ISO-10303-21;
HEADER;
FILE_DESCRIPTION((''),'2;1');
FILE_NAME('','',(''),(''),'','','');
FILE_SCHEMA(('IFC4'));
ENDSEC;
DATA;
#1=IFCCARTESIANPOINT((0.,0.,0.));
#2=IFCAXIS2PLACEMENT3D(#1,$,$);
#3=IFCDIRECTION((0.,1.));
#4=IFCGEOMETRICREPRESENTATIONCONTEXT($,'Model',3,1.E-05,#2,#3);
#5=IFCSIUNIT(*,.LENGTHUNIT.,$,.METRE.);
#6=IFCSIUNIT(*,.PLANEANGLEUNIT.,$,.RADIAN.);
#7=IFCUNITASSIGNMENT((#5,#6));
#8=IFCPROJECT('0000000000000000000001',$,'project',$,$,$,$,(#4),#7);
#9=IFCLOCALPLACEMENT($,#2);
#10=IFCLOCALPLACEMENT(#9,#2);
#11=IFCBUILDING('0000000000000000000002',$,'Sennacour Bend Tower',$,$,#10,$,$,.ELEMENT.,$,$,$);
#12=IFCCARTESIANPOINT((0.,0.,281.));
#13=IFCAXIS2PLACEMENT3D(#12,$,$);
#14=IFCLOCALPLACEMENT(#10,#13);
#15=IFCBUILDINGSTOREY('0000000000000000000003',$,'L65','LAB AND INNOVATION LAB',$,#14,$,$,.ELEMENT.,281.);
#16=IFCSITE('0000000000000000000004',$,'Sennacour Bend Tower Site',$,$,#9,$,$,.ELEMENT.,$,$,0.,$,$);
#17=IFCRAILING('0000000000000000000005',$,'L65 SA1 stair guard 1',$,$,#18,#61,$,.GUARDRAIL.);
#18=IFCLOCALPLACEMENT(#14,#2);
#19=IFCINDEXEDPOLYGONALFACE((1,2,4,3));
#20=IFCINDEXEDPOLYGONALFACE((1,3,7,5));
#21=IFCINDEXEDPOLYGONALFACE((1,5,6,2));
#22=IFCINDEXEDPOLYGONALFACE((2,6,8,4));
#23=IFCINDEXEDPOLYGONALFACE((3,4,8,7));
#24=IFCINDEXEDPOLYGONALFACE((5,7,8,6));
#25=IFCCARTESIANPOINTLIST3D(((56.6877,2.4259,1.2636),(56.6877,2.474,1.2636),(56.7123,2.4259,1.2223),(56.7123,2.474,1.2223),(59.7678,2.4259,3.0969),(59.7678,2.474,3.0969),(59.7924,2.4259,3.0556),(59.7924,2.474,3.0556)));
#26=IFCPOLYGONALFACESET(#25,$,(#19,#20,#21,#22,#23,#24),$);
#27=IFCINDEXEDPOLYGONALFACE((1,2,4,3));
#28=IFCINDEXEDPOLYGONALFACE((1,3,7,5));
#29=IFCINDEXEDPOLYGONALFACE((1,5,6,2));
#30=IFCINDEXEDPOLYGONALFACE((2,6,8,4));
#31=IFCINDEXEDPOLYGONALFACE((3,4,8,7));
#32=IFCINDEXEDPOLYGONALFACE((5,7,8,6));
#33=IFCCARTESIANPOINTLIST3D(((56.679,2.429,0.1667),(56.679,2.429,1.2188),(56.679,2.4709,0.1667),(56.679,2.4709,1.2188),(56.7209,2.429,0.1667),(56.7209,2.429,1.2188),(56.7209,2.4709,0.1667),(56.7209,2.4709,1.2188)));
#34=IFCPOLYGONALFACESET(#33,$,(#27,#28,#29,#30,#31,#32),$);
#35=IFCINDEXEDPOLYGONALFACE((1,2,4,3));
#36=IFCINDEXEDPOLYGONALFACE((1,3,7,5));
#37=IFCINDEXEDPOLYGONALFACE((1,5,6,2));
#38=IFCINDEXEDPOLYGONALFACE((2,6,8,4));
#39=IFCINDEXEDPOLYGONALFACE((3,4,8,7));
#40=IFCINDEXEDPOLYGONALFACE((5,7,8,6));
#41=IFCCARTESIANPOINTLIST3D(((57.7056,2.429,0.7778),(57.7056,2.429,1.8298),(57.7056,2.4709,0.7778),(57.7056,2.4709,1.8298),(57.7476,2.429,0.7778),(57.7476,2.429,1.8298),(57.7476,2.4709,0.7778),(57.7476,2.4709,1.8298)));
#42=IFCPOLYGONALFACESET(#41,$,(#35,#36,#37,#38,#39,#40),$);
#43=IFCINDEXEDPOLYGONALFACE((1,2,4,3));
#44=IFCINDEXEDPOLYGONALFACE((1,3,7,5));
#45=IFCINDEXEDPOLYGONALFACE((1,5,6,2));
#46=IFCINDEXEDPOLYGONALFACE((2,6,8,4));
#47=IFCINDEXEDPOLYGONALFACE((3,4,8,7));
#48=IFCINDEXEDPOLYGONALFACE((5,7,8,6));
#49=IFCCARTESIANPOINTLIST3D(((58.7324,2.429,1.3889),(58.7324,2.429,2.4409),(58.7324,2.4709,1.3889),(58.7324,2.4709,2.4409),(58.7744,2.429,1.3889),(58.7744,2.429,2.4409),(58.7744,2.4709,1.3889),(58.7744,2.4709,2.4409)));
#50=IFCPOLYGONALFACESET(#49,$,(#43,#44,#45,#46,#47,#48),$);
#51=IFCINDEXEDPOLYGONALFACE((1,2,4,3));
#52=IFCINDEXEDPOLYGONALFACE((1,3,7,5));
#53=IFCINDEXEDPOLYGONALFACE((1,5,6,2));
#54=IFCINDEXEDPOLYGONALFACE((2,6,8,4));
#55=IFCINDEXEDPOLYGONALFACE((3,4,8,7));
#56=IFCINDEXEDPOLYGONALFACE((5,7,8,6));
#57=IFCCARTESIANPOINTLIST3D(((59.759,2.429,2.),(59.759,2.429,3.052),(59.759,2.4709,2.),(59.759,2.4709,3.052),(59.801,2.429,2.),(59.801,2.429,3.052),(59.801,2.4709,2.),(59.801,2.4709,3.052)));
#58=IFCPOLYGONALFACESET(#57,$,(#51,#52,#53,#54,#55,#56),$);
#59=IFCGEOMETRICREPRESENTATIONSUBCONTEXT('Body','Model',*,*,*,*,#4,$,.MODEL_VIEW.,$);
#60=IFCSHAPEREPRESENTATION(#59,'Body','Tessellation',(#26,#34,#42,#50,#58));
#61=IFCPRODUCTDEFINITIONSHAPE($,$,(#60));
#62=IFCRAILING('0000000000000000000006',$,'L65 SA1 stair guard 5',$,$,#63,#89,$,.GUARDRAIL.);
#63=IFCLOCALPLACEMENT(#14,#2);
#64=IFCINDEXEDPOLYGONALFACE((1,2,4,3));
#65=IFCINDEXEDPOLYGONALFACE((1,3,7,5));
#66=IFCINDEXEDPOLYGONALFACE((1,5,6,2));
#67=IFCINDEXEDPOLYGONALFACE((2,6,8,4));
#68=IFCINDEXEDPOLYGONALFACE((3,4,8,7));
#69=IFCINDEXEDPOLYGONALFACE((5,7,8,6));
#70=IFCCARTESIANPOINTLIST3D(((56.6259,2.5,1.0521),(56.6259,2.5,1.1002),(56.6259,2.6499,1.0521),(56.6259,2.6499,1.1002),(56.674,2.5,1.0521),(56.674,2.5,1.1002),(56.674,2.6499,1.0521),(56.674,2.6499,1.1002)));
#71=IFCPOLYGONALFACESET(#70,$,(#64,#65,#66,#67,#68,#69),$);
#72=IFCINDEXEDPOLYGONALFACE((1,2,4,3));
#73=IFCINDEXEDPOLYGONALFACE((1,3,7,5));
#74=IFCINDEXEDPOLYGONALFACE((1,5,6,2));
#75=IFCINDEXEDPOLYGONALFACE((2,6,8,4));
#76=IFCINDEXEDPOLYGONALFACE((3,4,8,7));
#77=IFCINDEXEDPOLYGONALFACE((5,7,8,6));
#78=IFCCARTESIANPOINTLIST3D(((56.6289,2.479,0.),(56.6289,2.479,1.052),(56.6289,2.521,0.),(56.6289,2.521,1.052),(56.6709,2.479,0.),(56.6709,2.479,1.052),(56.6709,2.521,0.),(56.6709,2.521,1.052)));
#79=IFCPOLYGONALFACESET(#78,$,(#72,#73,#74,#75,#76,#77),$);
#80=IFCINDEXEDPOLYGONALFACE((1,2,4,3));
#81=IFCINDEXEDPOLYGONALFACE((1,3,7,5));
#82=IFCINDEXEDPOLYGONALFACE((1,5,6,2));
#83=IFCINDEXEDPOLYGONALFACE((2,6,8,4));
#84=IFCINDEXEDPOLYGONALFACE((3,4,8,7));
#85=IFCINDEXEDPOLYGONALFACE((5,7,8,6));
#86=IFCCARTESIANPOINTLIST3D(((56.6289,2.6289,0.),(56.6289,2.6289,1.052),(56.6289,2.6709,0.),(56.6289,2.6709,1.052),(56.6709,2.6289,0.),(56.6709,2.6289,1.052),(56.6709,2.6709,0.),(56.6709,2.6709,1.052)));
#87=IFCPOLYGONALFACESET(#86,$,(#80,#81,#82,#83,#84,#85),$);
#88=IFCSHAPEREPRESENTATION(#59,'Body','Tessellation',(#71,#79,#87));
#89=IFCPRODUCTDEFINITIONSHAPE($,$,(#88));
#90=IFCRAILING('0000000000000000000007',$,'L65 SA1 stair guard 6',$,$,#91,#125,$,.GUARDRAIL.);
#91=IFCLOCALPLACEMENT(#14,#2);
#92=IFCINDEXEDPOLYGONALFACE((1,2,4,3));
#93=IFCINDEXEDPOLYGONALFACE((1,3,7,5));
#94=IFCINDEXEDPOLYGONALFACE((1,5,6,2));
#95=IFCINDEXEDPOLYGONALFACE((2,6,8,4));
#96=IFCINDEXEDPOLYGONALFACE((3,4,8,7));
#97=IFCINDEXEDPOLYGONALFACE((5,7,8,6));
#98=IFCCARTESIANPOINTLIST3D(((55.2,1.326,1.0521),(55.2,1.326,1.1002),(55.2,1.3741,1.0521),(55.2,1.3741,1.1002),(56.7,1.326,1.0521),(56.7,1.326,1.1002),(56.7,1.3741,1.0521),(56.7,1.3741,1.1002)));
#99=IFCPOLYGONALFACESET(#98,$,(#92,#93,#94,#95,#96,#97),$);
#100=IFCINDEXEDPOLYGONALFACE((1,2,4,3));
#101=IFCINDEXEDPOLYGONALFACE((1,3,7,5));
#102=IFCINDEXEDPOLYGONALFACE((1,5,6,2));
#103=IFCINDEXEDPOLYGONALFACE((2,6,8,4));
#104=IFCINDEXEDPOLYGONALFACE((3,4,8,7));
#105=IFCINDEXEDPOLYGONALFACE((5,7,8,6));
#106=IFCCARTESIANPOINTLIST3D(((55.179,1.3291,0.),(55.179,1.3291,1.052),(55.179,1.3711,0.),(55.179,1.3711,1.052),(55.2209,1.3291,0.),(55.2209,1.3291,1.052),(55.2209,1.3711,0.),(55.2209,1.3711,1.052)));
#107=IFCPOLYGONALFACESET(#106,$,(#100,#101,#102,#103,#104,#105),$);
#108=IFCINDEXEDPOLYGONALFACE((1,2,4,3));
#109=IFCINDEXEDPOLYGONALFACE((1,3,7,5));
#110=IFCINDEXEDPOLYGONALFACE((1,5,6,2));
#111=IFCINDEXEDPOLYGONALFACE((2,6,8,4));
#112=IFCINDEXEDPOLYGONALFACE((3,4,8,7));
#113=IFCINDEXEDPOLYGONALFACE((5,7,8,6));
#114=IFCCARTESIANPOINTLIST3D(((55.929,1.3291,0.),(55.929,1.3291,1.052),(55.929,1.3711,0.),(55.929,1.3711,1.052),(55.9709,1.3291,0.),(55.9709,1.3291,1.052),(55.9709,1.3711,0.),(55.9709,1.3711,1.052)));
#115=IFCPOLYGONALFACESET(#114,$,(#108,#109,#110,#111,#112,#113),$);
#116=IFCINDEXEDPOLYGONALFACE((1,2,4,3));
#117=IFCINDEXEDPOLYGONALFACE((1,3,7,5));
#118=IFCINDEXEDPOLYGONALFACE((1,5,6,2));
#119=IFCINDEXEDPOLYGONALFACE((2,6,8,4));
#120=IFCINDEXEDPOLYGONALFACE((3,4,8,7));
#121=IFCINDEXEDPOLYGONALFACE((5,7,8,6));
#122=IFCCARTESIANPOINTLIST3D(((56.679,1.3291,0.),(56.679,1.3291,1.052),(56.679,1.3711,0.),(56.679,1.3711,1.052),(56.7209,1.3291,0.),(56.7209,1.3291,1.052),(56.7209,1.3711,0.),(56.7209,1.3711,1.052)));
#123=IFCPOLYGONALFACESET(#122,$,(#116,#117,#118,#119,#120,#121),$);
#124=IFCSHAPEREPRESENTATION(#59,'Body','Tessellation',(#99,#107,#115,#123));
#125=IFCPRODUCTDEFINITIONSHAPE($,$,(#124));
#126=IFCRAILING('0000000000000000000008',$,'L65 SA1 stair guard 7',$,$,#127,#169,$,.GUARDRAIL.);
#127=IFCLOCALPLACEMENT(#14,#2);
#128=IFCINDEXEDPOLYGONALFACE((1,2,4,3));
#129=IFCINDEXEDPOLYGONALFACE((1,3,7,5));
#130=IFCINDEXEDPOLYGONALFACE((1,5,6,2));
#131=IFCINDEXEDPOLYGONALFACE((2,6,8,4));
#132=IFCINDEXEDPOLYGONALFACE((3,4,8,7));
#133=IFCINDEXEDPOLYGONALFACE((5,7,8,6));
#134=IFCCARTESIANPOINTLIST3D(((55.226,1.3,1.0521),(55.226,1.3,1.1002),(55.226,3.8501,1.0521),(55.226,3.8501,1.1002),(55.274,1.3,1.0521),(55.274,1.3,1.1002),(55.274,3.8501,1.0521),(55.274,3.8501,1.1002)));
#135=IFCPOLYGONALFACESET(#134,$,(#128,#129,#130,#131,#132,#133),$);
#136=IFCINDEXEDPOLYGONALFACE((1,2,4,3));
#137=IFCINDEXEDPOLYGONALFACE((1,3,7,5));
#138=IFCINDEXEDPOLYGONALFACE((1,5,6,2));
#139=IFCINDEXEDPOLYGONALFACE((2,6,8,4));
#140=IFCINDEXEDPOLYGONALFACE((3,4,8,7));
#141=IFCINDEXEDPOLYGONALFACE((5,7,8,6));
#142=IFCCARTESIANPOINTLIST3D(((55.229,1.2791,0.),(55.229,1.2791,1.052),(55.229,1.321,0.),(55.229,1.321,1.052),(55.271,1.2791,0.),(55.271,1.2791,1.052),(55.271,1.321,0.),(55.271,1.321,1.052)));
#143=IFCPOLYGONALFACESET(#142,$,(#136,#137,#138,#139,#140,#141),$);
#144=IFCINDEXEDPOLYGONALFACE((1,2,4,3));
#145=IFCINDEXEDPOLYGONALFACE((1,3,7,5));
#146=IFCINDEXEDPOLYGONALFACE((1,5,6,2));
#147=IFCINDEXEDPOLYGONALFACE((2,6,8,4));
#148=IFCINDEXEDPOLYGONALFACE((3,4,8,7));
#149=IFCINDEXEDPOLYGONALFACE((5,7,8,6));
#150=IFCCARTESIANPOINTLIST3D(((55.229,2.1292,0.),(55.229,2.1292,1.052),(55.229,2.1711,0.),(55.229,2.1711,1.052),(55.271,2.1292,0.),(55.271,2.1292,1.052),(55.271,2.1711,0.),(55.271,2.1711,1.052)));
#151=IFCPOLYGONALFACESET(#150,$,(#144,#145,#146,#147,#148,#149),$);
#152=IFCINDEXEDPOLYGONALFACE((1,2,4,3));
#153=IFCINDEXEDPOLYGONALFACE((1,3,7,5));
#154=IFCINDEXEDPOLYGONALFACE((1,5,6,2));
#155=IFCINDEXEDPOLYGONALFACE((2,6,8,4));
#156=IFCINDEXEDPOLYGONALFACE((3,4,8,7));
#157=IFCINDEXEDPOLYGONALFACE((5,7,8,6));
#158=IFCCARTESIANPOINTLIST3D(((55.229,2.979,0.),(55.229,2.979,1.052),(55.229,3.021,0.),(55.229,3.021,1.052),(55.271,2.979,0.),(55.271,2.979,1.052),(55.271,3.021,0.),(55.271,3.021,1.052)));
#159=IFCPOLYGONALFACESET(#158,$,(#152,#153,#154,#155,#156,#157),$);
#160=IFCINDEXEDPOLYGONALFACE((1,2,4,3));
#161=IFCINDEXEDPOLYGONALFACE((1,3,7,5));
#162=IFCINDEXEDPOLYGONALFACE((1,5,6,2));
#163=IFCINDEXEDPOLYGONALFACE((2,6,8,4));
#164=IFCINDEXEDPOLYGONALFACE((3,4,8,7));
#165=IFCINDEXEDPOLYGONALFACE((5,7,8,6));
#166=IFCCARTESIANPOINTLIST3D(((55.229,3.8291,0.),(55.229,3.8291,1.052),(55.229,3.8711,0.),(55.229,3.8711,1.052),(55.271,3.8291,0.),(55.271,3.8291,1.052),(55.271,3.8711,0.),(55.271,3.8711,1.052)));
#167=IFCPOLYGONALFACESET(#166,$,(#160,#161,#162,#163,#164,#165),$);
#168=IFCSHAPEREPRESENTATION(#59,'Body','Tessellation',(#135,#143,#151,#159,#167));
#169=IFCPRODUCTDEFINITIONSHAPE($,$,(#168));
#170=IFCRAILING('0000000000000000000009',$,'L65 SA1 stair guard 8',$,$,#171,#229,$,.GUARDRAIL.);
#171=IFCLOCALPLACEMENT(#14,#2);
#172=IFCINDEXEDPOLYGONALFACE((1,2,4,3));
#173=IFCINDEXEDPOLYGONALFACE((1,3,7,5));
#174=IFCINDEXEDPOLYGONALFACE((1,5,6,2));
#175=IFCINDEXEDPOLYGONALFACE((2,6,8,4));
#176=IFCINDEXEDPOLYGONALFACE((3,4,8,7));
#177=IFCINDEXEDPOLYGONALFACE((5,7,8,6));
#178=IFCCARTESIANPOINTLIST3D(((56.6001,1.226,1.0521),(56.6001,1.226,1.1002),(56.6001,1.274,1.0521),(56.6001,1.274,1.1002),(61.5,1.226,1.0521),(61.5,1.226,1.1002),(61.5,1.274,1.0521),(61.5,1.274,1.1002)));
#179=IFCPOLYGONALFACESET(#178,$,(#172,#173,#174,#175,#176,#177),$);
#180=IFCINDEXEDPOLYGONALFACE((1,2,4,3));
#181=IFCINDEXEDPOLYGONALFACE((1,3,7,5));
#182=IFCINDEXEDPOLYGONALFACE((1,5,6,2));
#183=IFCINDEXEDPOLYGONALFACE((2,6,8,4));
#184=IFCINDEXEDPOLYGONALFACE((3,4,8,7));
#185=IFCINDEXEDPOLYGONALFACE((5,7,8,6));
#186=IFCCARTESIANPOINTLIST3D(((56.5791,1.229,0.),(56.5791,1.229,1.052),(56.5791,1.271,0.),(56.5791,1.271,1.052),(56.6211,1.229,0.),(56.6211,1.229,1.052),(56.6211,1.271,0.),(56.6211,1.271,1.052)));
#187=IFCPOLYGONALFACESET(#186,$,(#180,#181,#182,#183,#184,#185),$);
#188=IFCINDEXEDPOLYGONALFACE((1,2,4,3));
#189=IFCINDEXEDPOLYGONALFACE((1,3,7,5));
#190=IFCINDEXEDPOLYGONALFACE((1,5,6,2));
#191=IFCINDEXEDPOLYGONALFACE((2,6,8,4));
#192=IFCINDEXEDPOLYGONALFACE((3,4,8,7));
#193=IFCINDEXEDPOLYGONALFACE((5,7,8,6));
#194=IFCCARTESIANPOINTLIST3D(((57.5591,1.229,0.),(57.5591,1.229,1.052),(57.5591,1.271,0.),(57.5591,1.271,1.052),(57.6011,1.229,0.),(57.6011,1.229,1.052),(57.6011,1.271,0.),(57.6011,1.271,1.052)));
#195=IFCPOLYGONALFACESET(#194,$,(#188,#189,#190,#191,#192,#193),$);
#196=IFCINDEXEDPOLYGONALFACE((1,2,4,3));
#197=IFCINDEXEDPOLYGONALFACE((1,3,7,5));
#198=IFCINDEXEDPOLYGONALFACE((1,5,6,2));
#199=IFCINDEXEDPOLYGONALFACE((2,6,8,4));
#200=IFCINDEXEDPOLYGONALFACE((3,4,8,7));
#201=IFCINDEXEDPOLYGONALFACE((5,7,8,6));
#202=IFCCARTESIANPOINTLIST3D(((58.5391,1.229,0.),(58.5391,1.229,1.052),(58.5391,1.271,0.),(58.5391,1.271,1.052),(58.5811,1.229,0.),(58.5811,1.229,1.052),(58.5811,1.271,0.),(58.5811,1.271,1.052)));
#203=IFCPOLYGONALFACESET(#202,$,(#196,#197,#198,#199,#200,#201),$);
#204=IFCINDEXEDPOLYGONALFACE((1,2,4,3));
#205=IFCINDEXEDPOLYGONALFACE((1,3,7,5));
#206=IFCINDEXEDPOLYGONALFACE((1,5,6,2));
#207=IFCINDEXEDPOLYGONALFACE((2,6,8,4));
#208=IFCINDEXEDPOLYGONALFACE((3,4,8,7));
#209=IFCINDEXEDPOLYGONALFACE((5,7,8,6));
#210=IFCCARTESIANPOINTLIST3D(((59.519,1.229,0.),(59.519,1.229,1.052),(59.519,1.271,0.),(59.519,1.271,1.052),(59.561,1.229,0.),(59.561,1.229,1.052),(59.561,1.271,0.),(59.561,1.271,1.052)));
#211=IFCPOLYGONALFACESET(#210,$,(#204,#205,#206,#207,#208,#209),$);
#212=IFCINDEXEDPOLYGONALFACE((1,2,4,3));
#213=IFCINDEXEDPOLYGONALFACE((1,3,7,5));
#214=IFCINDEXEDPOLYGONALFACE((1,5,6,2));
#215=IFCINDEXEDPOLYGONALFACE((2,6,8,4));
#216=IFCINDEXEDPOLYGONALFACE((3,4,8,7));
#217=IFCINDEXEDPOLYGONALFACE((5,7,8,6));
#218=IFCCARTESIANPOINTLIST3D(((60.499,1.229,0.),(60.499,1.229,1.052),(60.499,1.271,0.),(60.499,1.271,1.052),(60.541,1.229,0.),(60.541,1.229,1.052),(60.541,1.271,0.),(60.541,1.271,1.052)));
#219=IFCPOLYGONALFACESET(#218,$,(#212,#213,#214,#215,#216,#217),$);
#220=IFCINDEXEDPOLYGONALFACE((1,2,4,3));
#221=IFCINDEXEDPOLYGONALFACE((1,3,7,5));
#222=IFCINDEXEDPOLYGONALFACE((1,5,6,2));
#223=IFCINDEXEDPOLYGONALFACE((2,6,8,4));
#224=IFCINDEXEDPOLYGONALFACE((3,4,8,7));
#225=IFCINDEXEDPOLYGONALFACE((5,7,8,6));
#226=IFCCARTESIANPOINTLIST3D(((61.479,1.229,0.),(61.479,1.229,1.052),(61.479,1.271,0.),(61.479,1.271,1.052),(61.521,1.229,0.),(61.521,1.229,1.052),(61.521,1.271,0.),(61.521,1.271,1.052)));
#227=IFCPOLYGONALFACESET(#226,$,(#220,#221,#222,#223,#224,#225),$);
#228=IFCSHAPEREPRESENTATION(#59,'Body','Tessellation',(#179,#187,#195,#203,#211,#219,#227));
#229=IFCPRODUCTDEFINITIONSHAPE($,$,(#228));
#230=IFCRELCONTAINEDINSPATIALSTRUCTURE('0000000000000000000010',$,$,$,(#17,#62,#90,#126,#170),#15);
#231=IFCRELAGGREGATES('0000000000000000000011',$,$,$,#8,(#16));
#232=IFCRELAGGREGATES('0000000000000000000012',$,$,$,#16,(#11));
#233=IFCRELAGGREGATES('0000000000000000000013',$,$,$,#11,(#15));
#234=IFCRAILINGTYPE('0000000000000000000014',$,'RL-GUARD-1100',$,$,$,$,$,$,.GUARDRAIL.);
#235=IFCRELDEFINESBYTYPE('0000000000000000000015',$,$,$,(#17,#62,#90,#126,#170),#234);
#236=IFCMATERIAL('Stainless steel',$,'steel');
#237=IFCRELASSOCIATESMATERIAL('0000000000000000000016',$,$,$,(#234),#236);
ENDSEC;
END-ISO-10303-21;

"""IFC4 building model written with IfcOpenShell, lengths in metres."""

from ifc_helpers import new_model, si_unit, direction, frame, origin, origin_2d, place, context, subcontext, project, spatial, rectangle, extrude, material, type_object, element, save


model = new_model("IFC4")

# Units and contexts
model_context = context("Model", 3, precision=1e-05, world=origin(), true_north=direction((0.0, 1.0)))
body_context = subcontext(model_context, "Body", "Model", "MODEL_VIEW")
ifc_project = project(units=[si_unit("LENGTHUNIT", "METRE"), si_unit("PLANEANGLEUNIT", "RADIAN")], contexts=[model_context])

# Site, building, storey
site_placement = place(None, origin())
site = spatial("IfcSite", under=ifc_project, at=site_placement, Name="Sennacour Bend Tower Site", CompositionType="ELEMENT", RefElevation=0.0)
building_placement = place(site_placement, origin())
building = spatial("IfcBuilding", under=site, at=building_placement, Name="Sennacour Bend Tower", CompositionType="ELEMENT")
storey_placement = place(building_placement, frame((0.0, 0.0, 281.0)))
storey = spatial("IfcBuildingStorey", under=building, at=storey_placement, Name="L65", Description="LAB AND INNOVATION LAB", CompositionType="ELEMENT", Elevation=281.0)

# Shared definitions
ifc_material_1 = material(Name="Stainless steel", Category="steel")

# Railings
railing_type_1 = type_object("IfcRailingType", Name="RL-GUARD-1100", PredefinedType="GUARDRAIL", material=ifc_material_1)
railing_1_placement = place(storey_placement, frame((56.7, 2.45, 0.1667)))
element("IfcRailing", 1, at=railing_1_placement, inside=storey, type_object=railing_type_1, Name="L65 SA1 stair guard 1", PredefinedType="GUARDRAIL", context=body_context, shape_type="SweptSolid", body=[
    extrude(rectangle(XDim=0.0481, YDim=0.0481, at=origin_2d()), frame((0.0, 0.0, 1.0762), z_axis=(0.859309, 0.0, 0.511458), x_axis=(0.0, 1.0, 0.0)), (0.0, 0.0, 1.0), 3.5845),
    extrude(rectangle(XDim=0.042, YDim=0.042, at=origin_2d()), origin(), (0.0, 0.0, 1.0), 1.052),
    extrude(rectangle(XDim=0.042, YDim=0.042, at=origin_2d()), frame((1.0266, 0.0, 0.6111)), (0.0, 0.0, 1.0), 1.052),
    extrude(rectangle(XDim=0.042, YDim=0.042, at=origin_2d()), frame((2.0535, 0.0, 1.2222)), (0.0, 0.0, 1.0), 1.052),
    extrude(rectangle(XDim=0.042, YDim=0.042, at=origin_2d()), frame((3.0801, 0.0, 1.8333)), (0.0, 0.0, 1.0), 1.052),
])
railing_2_placement = place(storey_placement, frame((56.6499, 2.5, 0.0)))
element("IfcRailing", 2, at=railing_2_placement, inside=storey, type_object=railing_type_1, Name="L65 SA1 stair guard 5", PredefinedType="GUARDRAIL", context=body_context, shape_type="SweptSolid", body=[
    extrude(rectangle(XDim=0.0481, YDim=0.0481, at=origin_2d()), frame((0.0, 0.0, 1.0762), z_axis=(0.0, 1.0, 0.0), x_axis=(-1.0, 0.0, 0.0)), (0.0, 0.0, 1.0), 0.1499),
    extrude(rectangle(XDim=0.042, YDim=0.042, at=origin_2d()), origin(), (0.0, 0.0, 1.0), 1.052),
    extrude(rectangle(XDim=0.042, YDim=0.042, at=origin_2d()), frame((0.0, 0.1499, 0.0)), (0.0, 0.0, 1.0), 1.052),
])
railing_3_placement = place(storey_placement, frame((55.2, 1.3501, 0.0)))
element("IfcRailing", 3, at=railing_3_placement, inside=storey, type_object=railing_type_1, Name="L65 SA1 stair guard 6", PredefinedType="GUARDRAIL", context=body_context, shape_type="SweptSolid", body=[
    extrude(rectangle(XDim=0.0481, YDim=0.0481, at=origin_2d()), frame((0.0, 0.0, 1.0762), z_axis=(1.0, 0.0, 0.0), x_axis=(0.0, 1.0, 0.0)), (0.0, 0.0, 1.0), 1.5),
    extrude(rectangle(XDim=0.042, YDim=0.042, at=origin_2d()), origin(), (0.0, 0.0, 1.0), 1.052),
    extrude(rectangle(XDim=0.042, YDim=0.042, at=origin_2d()), frame((0.75, 0.0, 0.0)), (0.0, 0.0, 1.0), 1.052),
    extrude(rectangle(XDim=0.042, YDim=0.042, at=origin_2d()), frame((1.5, 0.0, 0.0)), (0.0, 0.0, 1.0), 1.052),
])
railing_4_placement = place(storey_placement, frame((55.25, 1.3, 0.0)))
element("IfcRailing", 4, at=railing_4_placement, inside=storey, type_object=railing_type_1, Name="L65 SA1 stair guard 7", PredefinedType="GUARDRAIL", context=body_context, shape_type="SweptSolid", body=[
    extrude(rectangle(XDim=0.0481, YDim=0.0481, at=origin_2d()), frame((0.0, 0.0, 1.0762), z_axis=(0.0, 1.0, 0.0), x_axis=(-1.0, 0.0, 0.0)), (0.0, 0.0, 1.0), 2.55),
    extrude(rectangle(XDim=0.042, YDim=0.042, at=origin_2d()), origin(), (0.0, 0.0, 1.0), 1.052),
    extrude(rectangle(XDim=0.042, YDim=0.042, at=origin_2d()), frame((0.0, 0.8501, 0.0)), (0.0, 0.0, 1.0), 1.052),
    extrude(rectangle(XDim=0.042, YDim=0.042, at=origin_2d()), frame((0.0, 1.7, 0.0)), (0.0, 0.0, 1.0), 1.052),
    extrude(rectangle(XDim=0.042, YDim=0.042, at=origin_2d()), frame((0.0, 2.55, 0.0)), (0.0, 0.0, 1.0), 1.052),
])
railing_5_placement = place(storey_placement, frame((56.6001, 1.25, 0.0)))
element("IfcRailing", 5, at=railing_5_placement, inside=storey, type_object=railing_type_1, Name="L65 SA1 stair guard 8", PredefinedType="GUARDRAIL", context=body_context, shape_type="SweptSolid", body=[
    extrude(rectangle(XDim=0.0481, YDim=0.0481, at=origin_2d()), frame((0.0, 0.0, 1.0762), z_axis=(1.0, 0.0, 0.0), x_axis=(0.0, 1.0, 0.0)), (0.0, 0.0, 1.0), 4.8999),
    extrude(rectangle(XDim=0.042, YDim=0.042, at=origin_2d()), origin(), (0.0, 0.0, 1.0), 1.052),
    extrude(rectangle(XDim=0.042, YDim=0.042, at=origin_2d()), frame((0.98, 0.0, 0.0)), (0.0, 0.0, 1.0), 1.052),
    extrude(rectangle(XDim=0.042, YDim=0.042, at=origin_2d()), frame((1.96, 0.0, 0.0)), (0.0, 0.0, 1.0), 1.052),
    extrude(rectangle(XDim=0.042, YDim=0.042, at=origin_2d()), frame((2.9399, 0.0, 0.0)), (0.0, 0.0, 1.0), 1.052),
    extrude(rectangle(XDim=0.042, YDim=0.042, at=origin_2d()), frame((3.9199, 0.0, 0.0)), (0.0, 0.0, 1.0), 1.052),
    extrude(rectangle(XDim=0.042, YDim=0.042, at=origin_2d()), frame((4.8999, 0.0, 0.0)), (0.0, 0.0, 1.0), 1.052),
])

save(model, "model.ifc")
